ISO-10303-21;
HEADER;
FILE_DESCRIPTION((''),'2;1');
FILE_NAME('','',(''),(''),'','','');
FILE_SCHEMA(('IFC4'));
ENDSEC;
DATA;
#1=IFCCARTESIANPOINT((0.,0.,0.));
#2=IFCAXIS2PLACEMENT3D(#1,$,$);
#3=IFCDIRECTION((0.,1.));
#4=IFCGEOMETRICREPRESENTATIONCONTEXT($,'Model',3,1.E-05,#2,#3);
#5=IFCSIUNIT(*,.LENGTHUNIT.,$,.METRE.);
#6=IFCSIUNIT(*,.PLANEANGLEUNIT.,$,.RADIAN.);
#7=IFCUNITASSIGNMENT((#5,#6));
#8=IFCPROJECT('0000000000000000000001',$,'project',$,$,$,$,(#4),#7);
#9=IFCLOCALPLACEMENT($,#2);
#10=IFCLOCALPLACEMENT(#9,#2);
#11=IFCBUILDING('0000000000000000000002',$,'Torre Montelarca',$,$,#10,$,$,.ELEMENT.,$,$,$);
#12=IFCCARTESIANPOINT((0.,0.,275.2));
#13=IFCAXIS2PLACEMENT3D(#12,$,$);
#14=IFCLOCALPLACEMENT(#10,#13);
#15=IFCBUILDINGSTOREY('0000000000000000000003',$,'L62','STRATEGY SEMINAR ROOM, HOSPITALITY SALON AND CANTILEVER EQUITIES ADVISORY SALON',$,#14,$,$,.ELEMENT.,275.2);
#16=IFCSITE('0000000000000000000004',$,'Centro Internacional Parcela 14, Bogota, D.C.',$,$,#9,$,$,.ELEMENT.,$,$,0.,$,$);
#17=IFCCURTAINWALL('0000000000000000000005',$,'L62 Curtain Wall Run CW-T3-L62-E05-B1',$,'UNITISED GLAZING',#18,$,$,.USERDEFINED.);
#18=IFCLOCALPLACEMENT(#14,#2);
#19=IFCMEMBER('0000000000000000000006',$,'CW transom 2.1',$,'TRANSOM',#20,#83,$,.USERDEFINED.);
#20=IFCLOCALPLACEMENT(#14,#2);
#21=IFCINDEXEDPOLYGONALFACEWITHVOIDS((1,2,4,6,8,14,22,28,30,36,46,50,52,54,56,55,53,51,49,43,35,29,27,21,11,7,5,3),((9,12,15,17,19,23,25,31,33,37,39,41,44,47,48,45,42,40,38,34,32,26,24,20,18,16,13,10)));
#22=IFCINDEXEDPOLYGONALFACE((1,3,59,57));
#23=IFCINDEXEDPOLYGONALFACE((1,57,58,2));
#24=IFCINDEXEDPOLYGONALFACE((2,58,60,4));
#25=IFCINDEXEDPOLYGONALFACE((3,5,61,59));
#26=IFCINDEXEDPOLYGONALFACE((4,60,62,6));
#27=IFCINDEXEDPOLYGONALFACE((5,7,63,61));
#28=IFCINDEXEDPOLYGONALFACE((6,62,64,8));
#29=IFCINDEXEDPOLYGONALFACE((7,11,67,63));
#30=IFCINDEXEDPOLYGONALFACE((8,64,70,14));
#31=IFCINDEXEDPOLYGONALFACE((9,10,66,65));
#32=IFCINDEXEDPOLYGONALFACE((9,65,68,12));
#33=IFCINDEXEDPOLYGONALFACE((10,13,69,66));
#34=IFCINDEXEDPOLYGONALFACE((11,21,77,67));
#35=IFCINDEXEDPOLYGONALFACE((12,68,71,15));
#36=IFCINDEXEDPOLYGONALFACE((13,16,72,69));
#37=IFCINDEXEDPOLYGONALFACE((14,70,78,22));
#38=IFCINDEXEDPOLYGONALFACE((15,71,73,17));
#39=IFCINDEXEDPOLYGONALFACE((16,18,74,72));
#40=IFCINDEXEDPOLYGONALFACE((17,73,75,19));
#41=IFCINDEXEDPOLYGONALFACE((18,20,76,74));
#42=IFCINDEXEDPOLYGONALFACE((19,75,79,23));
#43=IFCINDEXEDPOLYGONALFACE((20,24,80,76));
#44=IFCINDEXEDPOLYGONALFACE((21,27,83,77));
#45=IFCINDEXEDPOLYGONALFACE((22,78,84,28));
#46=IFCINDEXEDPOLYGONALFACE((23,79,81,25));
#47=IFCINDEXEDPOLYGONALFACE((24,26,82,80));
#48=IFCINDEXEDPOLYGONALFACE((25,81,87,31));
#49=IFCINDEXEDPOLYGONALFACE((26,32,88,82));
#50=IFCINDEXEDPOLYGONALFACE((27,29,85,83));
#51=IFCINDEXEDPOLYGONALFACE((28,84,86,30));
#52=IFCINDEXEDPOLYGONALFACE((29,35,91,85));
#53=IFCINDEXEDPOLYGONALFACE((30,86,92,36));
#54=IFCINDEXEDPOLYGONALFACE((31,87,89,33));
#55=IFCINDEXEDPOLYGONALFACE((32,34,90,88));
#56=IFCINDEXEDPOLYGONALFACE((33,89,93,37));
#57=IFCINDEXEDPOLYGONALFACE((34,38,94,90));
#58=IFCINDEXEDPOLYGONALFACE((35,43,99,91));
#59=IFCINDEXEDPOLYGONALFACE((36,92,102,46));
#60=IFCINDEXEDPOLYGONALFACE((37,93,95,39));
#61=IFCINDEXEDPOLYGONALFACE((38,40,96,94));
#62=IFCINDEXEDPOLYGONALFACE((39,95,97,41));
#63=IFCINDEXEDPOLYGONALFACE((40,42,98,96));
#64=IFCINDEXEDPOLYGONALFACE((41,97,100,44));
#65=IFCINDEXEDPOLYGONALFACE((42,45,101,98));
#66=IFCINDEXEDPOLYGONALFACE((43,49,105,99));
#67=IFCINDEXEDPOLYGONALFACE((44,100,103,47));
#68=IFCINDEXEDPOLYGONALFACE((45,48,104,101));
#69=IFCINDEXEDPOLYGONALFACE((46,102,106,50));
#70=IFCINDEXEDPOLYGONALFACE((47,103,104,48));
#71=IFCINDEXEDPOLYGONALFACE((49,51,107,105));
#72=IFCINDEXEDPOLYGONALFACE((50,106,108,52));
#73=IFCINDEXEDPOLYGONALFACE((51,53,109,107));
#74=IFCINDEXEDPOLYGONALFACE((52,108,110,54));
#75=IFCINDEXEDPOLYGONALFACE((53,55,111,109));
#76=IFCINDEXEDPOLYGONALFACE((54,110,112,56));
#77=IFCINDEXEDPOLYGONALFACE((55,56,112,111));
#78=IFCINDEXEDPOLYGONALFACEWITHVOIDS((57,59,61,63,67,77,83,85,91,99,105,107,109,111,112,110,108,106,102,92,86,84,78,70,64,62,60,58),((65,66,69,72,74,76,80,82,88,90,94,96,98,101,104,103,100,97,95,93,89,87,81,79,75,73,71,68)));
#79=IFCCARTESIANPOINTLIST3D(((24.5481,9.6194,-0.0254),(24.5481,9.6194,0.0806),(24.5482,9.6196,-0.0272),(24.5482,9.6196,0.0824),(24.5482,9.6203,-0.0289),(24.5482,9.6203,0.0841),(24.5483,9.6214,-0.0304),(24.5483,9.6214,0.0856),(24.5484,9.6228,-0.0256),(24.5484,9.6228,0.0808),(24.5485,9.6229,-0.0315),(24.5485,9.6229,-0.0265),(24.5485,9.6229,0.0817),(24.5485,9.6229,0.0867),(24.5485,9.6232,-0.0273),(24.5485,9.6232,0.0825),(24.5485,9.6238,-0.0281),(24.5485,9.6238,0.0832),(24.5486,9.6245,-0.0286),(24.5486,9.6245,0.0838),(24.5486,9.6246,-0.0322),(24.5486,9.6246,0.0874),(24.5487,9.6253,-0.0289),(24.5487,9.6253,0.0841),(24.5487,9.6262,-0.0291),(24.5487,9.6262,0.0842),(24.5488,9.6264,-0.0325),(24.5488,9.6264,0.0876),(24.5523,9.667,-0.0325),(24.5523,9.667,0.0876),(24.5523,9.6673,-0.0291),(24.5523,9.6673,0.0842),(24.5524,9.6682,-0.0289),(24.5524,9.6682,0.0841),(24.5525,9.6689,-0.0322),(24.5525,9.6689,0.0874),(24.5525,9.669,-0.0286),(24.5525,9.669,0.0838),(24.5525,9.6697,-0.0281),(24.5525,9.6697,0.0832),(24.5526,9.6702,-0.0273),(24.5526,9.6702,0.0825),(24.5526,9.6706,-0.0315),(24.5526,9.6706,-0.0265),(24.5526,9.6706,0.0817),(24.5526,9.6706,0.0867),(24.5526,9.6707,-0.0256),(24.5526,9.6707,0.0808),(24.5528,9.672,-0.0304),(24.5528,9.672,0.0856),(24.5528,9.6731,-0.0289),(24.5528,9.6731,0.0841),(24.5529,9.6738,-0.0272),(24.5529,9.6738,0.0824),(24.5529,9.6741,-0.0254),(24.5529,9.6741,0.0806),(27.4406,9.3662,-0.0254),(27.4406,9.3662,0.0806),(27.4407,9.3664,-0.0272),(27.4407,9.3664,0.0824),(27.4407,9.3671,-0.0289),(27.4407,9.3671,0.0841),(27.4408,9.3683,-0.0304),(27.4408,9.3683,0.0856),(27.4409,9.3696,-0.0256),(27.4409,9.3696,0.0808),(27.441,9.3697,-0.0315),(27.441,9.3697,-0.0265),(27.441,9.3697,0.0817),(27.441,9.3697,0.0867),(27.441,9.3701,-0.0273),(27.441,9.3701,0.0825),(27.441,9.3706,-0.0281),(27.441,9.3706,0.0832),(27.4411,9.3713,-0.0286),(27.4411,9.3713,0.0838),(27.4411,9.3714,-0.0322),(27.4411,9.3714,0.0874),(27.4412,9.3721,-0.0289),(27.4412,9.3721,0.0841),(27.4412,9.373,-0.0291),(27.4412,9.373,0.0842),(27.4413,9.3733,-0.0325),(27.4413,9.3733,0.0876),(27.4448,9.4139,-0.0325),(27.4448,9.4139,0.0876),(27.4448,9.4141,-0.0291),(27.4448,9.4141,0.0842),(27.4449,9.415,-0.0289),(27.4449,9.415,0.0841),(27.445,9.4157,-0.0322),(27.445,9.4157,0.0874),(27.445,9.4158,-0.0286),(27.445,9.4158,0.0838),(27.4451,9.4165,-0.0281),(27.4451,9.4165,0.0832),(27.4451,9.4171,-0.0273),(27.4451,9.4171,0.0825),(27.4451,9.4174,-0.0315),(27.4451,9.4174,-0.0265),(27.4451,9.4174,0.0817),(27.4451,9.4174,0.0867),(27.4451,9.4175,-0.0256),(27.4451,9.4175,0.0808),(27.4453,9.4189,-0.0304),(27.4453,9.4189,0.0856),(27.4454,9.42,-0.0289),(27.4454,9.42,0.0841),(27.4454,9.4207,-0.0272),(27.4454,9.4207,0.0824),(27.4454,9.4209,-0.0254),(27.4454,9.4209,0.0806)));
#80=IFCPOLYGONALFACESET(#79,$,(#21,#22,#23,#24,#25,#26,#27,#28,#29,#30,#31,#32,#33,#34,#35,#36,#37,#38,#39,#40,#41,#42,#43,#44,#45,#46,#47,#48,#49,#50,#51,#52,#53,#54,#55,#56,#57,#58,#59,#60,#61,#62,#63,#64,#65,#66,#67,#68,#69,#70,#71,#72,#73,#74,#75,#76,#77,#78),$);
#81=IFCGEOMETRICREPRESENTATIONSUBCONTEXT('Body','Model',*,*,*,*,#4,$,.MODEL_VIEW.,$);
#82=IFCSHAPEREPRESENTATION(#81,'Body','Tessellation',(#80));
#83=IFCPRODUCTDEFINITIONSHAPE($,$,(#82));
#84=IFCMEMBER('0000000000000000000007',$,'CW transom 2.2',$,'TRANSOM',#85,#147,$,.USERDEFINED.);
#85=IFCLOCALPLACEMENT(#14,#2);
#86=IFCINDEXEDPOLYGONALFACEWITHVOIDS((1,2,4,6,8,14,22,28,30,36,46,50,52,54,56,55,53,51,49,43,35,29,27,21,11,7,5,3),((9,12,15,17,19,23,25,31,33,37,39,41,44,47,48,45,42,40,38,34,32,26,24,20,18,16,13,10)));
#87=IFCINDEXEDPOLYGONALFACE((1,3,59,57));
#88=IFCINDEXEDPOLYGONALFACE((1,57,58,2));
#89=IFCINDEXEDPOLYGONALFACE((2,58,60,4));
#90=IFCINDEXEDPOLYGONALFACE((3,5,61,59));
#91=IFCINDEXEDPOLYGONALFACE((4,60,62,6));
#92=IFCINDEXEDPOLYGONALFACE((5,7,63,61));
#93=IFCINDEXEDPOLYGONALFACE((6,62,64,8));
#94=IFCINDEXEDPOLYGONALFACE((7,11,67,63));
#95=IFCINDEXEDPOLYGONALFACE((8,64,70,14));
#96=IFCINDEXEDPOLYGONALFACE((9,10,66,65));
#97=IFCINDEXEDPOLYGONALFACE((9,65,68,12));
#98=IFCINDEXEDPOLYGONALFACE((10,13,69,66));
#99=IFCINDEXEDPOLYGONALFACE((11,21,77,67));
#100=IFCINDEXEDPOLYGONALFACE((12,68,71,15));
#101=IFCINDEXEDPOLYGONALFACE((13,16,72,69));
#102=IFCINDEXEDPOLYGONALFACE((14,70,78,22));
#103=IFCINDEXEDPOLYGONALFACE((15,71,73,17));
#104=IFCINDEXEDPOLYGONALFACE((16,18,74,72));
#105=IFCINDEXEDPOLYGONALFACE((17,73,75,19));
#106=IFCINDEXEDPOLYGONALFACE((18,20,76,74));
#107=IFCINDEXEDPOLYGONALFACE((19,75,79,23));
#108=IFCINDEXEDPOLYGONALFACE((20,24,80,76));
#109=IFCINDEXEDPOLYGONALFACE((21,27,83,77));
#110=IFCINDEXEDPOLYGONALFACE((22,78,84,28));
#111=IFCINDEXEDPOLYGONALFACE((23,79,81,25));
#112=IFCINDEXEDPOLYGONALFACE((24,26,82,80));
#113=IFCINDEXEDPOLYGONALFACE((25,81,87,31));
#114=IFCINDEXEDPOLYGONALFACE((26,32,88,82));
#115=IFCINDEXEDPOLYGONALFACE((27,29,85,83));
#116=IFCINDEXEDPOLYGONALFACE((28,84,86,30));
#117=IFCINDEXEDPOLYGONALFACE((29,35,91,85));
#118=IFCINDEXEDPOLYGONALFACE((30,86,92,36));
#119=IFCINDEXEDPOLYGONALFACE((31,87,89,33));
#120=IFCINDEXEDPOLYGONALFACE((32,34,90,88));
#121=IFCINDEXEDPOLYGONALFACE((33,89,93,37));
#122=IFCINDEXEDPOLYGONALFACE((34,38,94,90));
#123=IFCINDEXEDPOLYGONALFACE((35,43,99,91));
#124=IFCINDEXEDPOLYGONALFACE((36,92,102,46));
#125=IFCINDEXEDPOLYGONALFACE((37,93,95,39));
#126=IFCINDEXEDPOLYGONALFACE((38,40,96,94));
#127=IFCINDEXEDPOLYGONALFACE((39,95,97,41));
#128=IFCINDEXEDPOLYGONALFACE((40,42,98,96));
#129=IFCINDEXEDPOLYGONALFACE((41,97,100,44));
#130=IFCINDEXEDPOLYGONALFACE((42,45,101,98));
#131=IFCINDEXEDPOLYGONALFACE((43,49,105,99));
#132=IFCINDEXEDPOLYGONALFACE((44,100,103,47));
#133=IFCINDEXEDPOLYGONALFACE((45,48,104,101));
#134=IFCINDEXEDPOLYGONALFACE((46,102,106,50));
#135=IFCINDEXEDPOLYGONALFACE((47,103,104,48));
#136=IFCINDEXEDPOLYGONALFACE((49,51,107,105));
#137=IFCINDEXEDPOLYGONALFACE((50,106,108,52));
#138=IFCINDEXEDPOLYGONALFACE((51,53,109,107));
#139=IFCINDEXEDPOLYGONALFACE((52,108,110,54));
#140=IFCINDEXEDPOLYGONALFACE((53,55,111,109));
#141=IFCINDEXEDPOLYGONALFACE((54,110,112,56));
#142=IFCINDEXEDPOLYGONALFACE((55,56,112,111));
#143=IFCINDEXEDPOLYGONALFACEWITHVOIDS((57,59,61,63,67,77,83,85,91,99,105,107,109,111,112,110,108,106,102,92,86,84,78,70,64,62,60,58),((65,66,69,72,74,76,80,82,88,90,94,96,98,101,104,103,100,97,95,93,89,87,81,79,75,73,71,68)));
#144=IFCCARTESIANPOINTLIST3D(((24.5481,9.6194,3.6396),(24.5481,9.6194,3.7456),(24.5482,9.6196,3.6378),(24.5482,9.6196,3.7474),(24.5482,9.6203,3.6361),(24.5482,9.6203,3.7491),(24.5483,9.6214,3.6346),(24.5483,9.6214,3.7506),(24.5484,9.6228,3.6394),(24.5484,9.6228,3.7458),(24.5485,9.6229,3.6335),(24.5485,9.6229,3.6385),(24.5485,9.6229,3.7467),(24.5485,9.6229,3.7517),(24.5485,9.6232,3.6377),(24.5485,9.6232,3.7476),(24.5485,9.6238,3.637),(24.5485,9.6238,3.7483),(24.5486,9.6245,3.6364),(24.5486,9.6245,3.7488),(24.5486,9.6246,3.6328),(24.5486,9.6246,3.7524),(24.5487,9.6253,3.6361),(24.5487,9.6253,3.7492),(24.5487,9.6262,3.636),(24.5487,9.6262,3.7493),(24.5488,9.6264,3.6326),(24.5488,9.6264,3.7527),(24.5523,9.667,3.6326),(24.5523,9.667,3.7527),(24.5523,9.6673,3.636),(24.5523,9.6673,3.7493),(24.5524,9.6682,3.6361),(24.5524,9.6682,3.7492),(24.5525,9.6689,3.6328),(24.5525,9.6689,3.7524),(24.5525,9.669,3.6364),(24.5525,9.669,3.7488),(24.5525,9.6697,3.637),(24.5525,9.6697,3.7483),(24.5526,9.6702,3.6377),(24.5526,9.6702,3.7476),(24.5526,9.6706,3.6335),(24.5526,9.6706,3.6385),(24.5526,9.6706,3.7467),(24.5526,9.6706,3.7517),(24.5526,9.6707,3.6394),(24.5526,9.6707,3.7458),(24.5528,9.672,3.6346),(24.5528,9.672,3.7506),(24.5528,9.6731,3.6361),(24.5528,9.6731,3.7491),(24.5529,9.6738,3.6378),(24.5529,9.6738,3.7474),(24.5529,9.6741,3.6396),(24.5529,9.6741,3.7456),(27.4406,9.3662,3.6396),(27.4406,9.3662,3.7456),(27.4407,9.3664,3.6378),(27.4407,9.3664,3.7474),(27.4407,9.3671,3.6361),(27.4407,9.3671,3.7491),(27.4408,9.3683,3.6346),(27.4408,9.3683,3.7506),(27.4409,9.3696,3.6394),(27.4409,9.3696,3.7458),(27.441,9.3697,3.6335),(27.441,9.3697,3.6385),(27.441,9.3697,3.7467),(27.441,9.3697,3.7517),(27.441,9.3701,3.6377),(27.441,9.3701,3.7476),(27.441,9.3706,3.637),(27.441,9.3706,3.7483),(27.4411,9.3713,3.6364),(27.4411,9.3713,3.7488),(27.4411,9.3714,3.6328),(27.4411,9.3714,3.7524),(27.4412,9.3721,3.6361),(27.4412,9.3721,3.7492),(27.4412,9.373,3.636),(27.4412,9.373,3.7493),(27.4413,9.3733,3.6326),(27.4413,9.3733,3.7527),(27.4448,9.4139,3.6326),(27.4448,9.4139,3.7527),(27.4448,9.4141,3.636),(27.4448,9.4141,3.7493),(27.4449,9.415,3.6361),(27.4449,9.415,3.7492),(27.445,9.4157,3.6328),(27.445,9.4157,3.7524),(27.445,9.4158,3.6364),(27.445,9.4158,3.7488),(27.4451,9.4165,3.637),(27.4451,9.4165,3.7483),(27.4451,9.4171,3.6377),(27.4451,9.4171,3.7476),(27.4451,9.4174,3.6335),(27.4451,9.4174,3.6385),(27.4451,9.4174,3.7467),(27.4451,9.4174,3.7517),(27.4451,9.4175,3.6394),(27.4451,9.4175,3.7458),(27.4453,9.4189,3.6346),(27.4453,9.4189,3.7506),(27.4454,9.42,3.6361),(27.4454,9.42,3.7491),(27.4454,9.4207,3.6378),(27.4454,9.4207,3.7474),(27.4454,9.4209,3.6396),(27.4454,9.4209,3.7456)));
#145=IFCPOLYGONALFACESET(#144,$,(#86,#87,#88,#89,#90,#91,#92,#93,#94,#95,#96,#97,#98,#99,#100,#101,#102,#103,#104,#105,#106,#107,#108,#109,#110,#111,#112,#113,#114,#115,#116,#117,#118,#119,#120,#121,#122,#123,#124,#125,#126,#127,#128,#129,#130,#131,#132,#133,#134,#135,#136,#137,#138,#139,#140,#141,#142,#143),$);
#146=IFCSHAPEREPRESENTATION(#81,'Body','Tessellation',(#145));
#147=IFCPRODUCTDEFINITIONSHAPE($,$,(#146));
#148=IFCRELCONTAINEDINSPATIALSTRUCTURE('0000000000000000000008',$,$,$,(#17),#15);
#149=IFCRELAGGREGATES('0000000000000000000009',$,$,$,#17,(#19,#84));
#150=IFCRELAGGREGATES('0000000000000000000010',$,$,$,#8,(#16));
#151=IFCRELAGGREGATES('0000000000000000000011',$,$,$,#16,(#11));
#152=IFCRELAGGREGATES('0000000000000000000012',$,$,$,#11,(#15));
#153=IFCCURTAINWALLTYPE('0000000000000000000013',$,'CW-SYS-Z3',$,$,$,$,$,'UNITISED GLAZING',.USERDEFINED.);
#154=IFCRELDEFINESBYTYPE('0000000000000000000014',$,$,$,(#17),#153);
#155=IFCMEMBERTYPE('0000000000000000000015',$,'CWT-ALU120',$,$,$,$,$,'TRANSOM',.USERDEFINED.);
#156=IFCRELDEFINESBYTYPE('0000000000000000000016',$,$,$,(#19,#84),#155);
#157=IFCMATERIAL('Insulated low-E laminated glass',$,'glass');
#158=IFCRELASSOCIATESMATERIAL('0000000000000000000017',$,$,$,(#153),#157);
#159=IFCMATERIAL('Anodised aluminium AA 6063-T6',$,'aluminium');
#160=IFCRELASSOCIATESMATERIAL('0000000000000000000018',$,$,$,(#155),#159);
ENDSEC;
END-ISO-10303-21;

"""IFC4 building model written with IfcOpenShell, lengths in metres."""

from ifc_helpers import new_model, si_unit, direction, frame, origin, origin_2d, place, context, subcontext, project, spatial, hollow_rectangle, extrude, source, transform, mapped, material, material_profile, profile_set, type_object, element, aggregate, save


model = new_model("IFC4")

# Units and contexts
model_context = context("Model", 3, precision=1e-05, world=origin(), true_north=direction((0.0, 1.0)))
body_context = subcontext(model_context, "Body", "Model", "MODEL_VIEW")
ifc_project = project(units=[si_unit("LENGTHUNIT", "METRE"), si_unit("PLANEANGLEUNIT", "RADIAN")], contexts=[model_context])

# Site, building, storey
site_placement = place(None, origin())
site = spatial("IfcSite", under=ifc_project, at=site_placement, Name="Centro Internacional Parcela 14, Bogota, D.C.", CompositionType="ELEMENT", RefElevation=0.0)
building_placement = place(site_placement, origin())
building = spatial("IfcBuilding", under=site, at=building_placement, Name="Torre Montelarca", CompositionType="ELEMENT")
storey_placement = place(building_placement, frame((0.0, 0.0, 275.2)))
storey = spatial("IfcBuildingStorey", under=building, at=storey_placement, Name="L62", Description="STRATEGY SEMINAR ROOM, HOSPITALITY SALON AND CANTILEVER EQUITIES ADVISORY SALON", CompositionType="ELEMENT", Elevation=275.2)

# Curtain wall, members
ifc_material_1 = material(Name="Insulated low-E laminated glass", Category="glass")
curtain_wall_type = type_object("IfcCurtainWallType", Name="CW-SYS-Z3", ElementType="UNITISED GLAZING", PredefinedType="USERDEFINED", material=ifc_material_1)
curtain_wall_1_placement = place(storey_placement, origin())
curtain_wall_1 = element("IfcCurtainWall", 1, at=curtain_wall_1_placement, inside=storey, type_object=curtain_wall_type, Name="L62 Curtain Wall Run CW-T3-L62-E05-B1", ObjectType="UNITISED GLAZING", PredefinedType="USERDEFINED")
ifc_material_2 = material(Name="Anodised aluminium AA 6063-T6", Category="aluminium")
ifc_material_profile_1 = material_profile(ifc_material_2, hollow_rectangle(XDim=0.0549, YDim=0.1201, WallThickness=0.0034, InnerFilletRadius=0.0034, OuterFilletRadius=0.0071, at=origin_2d()), Name="ALU55X120X3.5", Category="aluminium")
ifc_profile_set_1 = profile_set([ifc_material_profile_1], Name="Anodised aluminium AA 6063-T6")
member_type_1 = type_object("IfcMemberType", Name="CWT-ALU120", ElementType="TRANSOM", PredefinedType="USERDEFINED", material=ifc_profile_set_1)
shared_shape_1 = source(origin(), body_context, "Body", "SweptSolid", [
    extrude(hollow_rectangle(XDim=0.0549, YDim=0.1201, WallThickness=0.0034, InnerFilletRadius=0.0034, OuterFilletRadius=0.0071, at=origin_2d()), origin(), (0.0, 0.0, 1.0), 2.9036),
])
member_1_placement = place(storey_placement, frame((24.5505, 9.6467, 0.0276), z_axis=(0.996192, -0.087192, 0.0), x_axis=(0.087192, 0.996192, 0.0)))
member_1 = element("IfcMember", 2, at=member_1_placement, type_object=member_type_1, Name="CW transom 2.1", ObjectType="TRANSOM", PredefinedType="USERDEFINED", context=body_context, shape_type="MappedRepresentation", body=[
    mapped(shared_shape_1, transform((0.0, 0.0, 0.0), scale=1.0)),
])
member_2_placement = place(storey_placement, frame((24.5505, 9.6467, 3.6926), z_axis=(0.996192, -0.087192, 0.0), x_axis=(0.087192, 0.996192, 0.0)))
member_2 = element("IfcMember", 3, at=member_2_placement, type_object=member_type_1, Name="CW transom 2.2", ObjectType="TRANSOM", PredefinedType="USERDEFINED", context=body_context, shape_type="MappedRepresentation", body=[
    mapped(shared_shape_1, transform((0.0, 0.0, 0.0), scale=1.0)),
])

aggregate(curtain_wall_1, [member_1, member_2])

save(model, "model.ifc")
